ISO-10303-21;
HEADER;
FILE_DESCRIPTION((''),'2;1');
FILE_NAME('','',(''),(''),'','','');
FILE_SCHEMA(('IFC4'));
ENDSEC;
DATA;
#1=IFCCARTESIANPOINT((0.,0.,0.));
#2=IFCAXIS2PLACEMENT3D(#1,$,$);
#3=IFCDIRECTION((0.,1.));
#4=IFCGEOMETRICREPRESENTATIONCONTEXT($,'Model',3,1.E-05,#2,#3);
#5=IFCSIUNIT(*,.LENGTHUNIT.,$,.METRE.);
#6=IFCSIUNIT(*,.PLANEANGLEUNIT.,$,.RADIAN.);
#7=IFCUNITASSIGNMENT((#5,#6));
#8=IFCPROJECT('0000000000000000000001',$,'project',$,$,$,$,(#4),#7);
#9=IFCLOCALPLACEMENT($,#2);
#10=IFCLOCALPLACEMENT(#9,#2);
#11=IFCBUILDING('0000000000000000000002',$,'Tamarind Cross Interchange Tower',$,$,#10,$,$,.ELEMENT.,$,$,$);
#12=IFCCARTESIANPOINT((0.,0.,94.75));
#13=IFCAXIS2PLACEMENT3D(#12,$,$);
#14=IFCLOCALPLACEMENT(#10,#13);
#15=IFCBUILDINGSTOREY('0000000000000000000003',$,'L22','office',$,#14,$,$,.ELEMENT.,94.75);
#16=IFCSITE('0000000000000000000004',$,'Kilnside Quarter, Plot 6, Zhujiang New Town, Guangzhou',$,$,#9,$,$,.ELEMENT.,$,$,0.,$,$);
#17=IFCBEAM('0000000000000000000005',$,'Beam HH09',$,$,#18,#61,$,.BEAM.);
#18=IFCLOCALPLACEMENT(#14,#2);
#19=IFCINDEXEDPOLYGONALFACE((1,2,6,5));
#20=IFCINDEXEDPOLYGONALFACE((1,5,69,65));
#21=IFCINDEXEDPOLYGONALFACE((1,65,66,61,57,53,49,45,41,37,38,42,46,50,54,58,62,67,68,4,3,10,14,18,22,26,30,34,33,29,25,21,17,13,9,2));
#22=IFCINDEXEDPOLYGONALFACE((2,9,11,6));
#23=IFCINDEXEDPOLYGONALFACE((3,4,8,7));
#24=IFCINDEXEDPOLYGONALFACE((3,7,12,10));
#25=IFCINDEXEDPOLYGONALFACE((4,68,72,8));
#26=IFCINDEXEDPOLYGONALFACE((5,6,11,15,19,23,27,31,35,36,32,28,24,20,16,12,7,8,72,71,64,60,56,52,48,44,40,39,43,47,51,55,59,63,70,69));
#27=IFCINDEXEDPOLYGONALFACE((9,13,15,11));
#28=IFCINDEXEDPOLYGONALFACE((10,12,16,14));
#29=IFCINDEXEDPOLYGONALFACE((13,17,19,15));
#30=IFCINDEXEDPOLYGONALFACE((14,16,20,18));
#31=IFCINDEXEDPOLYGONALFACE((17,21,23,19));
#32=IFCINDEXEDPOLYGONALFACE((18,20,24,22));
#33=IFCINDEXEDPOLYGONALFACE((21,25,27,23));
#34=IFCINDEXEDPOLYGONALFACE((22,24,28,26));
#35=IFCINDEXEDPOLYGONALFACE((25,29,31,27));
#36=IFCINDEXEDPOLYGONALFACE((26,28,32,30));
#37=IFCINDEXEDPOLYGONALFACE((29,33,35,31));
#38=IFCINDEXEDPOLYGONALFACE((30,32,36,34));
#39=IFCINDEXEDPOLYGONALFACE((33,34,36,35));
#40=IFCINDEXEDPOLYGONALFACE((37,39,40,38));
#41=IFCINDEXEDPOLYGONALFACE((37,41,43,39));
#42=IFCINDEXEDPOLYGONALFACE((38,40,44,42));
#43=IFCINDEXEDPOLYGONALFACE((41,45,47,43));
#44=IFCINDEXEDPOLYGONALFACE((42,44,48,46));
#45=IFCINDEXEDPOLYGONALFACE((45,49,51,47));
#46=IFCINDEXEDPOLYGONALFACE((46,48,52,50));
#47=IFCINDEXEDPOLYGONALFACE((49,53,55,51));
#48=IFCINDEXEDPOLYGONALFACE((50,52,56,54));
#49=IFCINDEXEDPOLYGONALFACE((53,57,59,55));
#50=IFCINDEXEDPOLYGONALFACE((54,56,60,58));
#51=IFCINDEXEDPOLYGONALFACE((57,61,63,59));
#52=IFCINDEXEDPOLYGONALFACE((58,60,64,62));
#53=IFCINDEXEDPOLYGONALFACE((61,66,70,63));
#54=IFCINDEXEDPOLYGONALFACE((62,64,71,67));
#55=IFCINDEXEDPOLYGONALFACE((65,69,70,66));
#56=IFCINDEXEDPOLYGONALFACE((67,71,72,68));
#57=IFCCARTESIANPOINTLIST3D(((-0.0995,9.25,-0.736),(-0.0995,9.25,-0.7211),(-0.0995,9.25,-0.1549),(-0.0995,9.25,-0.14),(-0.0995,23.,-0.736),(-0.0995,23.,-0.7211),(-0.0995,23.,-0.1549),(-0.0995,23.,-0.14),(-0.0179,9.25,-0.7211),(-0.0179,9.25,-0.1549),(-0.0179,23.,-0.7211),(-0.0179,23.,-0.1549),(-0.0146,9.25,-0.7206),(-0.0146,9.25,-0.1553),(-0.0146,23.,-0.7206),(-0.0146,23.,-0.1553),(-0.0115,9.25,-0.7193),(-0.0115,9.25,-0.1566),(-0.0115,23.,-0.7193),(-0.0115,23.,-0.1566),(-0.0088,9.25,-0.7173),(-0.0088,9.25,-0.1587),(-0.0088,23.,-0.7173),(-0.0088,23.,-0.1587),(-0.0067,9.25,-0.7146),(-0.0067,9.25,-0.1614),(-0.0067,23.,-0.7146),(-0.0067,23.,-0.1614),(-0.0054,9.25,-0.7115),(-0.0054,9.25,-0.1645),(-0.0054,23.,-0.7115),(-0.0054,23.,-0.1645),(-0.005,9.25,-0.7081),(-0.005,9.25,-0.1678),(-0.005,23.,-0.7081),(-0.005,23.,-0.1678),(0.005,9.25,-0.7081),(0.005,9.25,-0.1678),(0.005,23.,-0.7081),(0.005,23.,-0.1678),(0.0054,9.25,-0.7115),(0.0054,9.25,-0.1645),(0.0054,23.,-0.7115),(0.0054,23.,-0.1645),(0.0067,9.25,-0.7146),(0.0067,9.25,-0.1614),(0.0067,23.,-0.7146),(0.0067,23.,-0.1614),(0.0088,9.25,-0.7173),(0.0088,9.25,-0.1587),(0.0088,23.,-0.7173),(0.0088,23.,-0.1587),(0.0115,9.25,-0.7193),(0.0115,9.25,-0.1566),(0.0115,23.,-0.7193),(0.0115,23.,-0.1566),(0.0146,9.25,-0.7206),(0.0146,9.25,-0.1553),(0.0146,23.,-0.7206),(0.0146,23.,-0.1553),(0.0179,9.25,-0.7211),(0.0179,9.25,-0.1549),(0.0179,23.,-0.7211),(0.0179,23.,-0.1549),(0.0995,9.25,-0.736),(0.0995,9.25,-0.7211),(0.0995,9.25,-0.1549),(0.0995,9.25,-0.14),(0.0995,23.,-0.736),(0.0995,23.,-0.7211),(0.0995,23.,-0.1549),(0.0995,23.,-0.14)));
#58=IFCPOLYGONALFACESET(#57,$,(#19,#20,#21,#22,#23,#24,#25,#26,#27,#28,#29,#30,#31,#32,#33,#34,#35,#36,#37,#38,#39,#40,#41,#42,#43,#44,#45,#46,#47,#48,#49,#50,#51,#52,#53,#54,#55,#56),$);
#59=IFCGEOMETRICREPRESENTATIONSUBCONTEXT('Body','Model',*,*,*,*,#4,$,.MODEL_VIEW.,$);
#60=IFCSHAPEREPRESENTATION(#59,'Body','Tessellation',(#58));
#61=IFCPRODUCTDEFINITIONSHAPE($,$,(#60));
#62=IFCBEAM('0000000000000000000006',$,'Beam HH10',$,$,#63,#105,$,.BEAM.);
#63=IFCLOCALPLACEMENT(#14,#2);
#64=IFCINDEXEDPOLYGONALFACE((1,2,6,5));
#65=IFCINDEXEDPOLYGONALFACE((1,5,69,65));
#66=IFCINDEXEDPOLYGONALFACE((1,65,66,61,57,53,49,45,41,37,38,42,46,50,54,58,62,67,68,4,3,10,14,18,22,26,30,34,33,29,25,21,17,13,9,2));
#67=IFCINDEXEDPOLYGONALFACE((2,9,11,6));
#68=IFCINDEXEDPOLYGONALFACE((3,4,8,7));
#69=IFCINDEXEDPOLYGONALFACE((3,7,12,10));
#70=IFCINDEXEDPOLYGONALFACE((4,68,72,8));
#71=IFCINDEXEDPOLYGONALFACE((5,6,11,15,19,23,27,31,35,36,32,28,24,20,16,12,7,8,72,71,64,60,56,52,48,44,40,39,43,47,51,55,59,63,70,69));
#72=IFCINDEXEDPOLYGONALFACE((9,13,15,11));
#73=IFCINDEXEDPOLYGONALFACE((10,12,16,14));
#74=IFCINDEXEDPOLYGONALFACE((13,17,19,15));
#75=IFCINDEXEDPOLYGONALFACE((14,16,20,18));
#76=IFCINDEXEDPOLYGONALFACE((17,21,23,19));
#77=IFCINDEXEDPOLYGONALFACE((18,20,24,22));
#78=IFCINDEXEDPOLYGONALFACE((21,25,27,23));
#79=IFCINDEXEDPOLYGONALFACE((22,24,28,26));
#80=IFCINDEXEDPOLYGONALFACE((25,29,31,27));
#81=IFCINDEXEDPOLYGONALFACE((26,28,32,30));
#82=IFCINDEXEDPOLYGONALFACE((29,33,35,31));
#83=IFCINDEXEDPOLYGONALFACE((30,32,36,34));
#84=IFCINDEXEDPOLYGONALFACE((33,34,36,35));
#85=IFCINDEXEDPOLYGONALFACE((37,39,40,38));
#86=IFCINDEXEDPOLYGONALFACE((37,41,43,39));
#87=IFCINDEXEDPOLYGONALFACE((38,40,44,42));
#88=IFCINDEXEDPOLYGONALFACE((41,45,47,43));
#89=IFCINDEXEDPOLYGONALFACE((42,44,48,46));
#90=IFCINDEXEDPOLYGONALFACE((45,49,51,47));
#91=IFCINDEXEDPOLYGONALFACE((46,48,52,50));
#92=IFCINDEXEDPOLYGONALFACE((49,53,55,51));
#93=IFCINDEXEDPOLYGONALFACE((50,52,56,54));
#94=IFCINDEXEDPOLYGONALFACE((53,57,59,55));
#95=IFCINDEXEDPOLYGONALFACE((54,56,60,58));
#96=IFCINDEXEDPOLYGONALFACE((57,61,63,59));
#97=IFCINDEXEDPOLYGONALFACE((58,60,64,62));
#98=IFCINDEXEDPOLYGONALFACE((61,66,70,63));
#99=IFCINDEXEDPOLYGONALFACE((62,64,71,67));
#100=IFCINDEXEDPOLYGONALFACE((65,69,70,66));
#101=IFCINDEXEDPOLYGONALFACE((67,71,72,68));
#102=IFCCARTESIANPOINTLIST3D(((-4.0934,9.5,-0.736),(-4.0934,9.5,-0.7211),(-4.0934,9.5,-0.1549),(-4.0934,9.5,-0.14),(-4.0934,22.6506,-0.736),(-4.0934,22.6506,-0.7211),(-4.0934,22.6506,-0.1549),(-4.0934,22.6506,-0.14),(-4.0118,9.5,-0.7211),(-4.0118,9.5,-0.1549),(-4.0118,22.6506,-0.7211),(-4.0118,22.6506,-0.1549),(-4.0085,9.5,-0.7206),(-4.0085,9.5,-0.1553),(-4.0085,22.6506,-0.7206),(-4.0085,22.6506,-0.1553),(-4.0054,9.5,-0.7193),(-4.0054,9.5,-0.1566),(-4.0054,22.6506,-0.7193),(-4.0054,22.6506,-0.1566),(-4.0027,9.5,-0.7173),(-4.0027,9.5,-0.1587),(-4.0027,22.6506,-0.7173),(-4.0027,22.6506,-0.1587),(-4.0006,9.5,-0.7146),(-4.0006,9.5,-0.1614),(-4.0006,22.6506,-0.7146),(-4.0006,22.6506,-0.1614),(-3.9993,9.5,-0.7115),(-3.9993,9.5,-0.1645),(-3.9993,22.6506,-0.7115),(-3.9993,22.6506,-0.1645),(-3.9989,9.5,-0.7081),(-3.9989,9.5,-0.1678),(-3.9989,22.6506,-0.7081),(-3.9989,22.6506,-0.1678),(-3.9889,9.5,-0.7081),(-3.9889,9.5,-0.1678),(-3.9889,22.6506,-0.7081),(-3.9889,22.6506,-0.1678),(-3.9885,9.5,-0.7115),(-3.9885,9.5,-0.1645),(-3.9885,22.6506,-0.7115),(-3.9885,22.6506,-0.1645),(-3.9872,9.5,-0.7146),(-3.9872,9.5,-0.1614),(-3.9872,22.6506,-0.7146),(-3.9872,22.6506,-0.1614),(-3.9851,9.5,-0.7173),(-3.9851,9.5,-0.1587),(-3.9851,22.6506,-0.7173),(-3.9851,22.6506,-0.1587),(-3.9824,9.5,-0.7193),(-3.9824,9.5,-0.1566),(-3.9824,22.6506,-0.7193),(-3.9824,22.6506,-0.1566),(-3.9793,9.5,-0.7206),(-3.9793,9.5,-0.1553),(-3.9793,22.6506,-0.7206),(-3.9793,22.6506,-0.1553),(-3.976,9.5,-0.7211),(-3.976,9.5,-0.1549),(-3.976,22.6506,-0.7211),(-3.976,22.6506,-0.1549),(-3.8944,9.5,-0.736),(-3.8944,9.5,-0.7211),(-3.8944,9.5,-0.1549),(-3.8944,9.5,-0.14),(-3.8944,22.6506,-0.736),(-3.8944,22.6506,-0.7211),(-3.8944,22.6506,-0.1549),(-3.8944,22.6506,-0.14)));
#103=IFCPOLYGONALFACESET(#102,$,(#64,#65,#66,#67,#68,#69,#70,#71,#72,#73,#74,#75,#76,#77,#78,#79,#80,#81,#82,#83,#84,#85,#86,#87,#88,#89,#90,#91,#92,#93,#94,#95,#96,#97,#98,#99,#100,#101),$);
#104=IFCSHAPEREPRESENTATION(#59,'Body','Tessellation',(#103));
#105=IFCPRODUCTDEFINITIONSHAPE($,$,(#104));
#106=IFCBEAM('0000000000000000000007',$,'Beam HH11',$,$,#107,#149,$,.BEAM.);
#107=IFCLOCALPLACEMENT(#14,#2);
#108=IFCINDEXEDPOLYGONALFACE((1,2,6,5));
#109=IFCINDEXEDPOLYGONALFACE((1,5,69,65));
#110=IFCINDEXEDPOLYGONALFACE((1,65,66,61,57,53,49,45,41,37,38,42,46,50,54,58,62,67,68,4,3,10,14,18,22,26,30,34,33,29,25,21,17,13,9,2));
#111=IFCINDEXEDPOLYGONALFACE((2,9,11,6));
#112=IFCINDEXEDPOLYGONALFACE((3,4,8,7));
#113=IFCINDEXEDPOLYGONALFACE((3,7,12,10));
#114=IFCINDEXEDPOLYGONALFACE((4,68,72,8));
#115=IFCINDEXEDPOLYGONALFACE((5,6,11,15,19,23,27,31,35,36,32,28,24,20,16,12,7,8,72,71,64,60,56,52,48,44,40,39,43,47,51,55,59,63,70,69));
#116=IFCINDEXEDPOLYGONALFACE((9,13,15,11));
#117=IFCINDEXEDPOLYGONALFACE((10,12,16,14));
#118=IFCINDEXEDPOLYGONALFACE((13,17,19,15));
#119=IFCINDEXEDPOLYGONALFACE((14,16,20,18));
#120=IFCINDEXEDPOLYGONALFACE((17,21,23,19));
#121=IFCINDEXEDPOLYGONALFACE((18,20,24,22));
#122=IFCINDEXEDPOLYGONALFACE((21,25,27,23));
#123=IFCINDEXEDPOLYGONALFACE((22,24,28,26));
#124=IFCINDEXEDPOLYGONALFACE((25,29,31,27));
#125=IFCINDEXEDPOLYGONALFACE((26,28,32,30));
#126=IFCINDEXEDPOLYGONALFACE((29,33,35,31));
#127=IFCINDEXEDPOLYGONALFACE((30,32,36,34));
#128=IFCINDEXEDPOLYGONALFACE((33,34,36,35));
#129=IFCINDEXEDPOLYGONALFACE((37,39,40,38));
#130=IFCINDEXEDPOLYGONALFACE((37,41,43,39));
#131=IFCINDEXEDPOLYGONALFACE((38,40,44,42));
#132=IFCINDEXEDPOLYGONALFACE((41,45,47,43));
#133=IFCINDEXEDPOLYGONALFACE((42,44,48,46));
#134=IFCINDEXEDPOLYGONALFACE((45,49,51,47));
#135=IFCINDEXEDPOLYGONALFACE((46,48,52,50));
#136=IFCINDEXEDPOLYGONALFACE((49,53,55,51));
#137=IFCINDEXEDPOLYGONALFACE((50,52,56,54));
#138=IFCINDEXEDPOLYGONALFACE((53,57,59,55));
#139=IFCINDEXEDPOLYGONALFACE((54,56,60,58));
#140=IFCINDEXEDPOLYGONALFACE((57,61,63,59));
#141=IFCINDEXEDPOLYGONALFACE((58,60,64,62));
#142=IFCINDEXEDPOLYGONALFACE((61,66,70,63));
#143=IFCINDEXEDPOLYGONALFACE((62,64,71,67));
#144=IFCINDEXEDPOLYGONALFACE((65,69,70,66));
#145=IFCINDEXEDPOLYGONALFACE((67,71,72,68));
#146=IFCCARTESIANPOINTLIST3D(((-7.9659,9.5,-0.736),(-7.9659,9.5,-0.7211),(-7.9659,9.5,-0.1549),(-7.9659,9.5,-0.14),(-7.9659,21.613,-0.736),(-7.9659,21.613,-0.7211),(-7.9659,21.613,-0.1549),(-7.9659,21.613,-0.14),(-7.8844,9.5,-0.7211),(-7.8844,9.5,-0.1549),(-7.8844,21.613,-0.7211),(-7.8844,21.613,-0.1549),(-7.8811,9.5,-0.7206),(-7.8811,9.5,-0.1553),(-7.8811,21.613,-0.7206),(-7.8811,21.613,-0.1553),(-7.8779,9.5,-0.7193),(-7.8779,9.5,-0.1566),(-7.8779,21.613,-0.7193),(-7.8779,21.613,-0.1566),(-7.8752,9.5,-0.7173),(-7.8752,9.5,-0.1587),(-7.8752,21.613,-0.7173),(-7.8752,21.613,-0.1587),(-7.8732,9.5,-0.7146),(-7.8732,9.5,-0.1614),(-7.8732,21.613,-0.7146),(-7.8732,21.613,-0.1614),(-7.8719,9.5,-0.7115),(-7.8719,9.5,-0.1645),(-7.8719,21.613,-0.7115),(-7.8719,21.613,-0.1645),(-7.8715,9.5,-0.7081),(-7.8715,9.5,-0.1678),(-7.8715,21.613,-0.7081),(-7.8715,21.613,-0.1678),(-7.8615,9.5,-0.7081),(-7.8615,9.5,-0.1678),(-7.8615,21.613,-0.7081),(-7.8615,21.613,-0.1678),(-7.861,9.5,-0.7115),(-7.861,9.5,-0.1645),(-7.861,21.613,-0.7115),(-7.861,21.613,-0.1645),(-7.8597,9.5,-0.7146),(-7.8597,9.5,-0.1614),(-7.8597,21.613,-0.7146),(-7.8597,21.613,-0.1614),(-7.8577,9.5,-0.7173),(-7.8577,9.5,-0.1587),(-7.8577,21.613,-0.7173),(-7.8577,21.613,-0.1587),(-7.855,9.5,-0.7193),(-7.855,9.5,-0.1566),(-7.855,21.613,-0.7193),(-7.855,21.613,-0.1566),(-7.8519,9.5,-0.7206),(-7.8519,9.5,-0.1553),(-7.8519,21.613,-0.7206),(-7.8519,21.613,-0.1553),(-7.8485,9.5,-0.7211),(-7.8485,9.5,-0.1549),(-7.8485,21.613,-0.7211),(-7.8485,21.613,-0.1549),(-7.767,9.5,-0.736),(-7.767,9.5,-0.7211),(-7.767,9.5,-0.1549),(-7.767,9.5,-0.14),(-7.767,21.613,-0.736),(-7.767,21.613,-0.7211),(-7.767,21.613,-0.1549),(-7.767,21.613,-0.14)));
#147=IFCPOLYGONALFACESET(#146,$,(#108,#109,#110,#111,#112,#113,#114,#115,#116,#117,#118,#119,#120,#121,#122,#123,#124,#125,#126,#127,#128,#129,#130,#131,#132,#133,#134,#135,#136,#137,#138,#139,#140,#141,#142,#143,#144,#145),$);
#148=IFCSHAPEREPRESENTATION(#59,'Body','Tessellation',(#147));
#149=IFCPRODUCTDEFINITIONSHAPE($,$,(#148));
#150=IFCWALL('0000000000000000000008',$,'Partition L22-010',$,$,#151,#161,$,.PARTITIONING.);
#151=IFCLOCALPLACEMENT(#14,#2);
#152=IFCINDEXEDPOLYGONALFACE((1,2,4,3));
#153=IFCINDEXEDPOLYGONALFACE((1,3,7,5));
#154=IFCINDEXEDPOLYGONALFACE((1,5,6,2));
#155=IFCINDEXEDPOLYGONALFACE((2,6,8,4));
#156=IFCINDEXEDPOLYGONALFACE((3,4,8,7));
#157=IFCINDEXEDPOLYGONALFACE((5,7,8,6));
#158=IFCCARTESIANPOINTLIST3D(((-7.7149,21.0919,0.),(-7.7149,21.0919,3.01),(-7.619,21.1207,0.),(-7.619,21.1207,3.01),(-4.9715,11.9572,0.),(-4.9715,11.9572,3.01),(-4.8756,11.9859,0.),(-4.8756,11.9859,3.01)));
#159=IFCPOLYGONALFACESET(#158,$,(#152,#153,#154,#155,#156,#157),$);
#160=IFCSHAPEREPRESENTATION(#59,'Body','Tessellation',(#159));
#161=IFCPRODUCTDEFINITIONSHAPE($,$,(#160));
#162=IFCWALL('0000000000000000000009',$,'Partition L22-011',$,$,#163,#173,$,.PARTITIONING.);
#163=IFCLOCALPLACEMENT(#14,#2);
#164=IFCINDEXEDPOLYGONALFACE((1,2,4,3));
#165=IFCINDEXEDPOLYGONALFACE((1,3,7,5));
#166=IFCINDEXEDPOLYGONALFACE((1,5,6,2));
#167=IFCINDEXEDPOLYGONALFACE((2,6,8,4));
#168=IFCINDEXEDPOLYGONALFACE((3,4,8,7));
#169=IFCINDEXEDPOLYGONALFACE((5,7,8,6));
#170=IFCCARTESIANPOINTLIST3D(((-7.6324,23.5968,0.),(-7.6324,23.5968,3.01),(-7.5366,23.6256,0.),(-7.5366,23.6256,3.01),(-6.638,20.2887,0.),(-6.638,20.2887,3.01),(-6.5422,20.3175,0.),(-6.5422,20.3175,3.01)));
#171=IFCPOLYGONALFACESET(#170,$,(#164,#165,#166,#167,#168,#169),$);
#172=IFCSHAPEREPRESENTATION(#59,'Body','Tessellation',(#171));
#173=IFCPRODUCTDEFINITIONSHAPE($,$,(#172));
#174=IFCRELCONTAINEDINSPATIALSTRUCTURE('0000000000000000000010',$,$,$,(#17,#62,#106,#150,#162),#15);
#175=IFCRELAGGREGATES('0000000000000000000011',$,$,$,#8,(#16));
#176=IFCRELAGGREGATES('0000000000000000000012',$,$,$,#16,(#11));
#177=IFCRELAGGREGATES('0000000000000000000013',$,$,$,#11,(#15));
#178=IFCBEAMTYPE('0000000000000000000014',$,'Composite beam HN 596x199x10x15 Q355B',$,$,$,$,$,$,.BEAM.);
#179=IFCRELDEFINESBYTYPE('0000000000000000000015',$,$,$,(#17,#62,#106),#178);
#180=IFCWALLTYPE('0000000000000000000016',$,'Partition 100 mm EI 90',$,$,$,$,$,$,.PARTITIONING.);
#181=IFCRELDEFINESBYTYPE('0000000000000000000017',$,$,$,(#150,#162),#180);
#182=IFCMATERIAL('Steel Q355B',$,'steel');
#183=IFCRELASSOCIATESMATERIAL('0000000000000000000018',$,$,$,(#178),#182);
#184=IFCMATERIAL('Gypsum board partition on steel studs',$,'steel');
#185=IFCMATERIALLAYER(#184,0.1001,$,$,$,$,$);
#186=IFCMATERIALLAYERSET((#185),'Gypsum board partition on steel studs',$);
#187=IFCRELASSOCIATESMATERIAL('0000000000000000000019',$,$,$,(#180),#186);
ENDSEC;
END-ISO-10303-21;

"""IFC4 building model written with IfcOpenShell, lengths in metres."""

from ifc_helpers import new_model, si_unit, direction, frame, frame_2d, origin, origin_2d, place, context, subcontext, project, spatial, rectangle, i_section, extrude, material, layer, layer_set, material_profile, profile_set, type_object, element, save


model = new_model("IFC4")

# Units and contexts
model_context = context("Model", 3, precision=1e-05, world=origin(), true_north=direction((0.0, 1.0)))
body_context = subcontext(model_context, "Body", "Model", "MODEL_VIEW")
ifc_project = project(units=[si_unit("LENGTHUNIT", "METRE"), si_unit("PLANEANGLEUNIT", "RADIAN")], contexts=[model_context])

# Site, building, storey
site_placement = place(None, origin())
site = spatial("IfcSite", under=ifc_project, at=site_placement, Name="Kilnside Quarter, Plot 6, Zhujiang New Town, Guangzhou", CompositionType="ELEMENT", RefElevation=0.0)
building_placement = place(site_placement, origin())
building = spatial("IfcBuilding", under=site, at=building_placement, Name="Tamarind Cross Interchange Tower", CompositionType="ELEMENT")
storey_placement = place(building_placement, frame((0.0, 0.0, 94.75)))
storey = spatial("IfcBuildingStorey", under=building, at=storey_placement, Name="L22", Description="office", CompositionType="ELEMENT", Elevation=94.75)

# Beams
ifc_material_1 = material(Name="Steel Q355B", Category="steel")
ifc_material_profile_1 = material_profile(ifc_material_1, i_section(OverallWidth=0.199, OverallDepth=0.5959, WebThickness=0.01, FlangeThickness=0.0149, FilletRadius=0.0129, at=origin_2d()), Name="HN 596x199x10x15")
ifc_profile_set_1 = profile_set([ifc_material_profile_1], Name="Steel Q355B")
beam_type_1 = type_object("IfcBeamType", Name="Composite beam HN 596x199x10x15 Q355B", PredefinedType="BEAM", material=ifc_profile_set_1)
beam_1_placement = place(storey_placement, frame((0.0, 23.0, -0.438), z_axis=(0.0, -1.0, 0.0), x_axis=(1.0, 0.0, 0.0)))
element("IfcBeam", 1, at=beam_1_placement, inside=storey, type_object=beam_type_1, Name="Beam HH09", PredefinedType="BEAM", context=body_context, shape_type="SweptSolid", body=[
    extrude(i_section(OverallWidth=0.199, OverallDepth=0.5959, WebThickness=0.01, FlangeThickness=0.0149, FilletRadius=0.0129, at=origin_2d()), origin(), (0.0, 0.0, 1.0), 13.75),
])
beam_2_placement = place(storey_placement, frame((-3.9939, 22.6506, -0.438), z_axis=(0.0, -1.0, 0.0), x_axis=(1.0, 0.0, 0.0)))
element("IfcBeam", 2, at=beam_2_placement, inside=storey, type_object=beam_type_1, Name="Beam HH10", PredefinedType="BEAM", context=body_context, shape_type="SweptSolid", body=[
    extrude(i_section(OverallWidth=0.199, OverallDepth=0.5959, WebThickness=0.01, FlangeThickness=0.0149, FilletRadius=0.0129, at=origin_2d()), origin(), (0.0, 0.0, 1.0), 13.1506),
])
beam_3_placement = place(storey_placement, frame((-7.8665, 21.613, -0.438), z_axis=(0.0, -1.0, 0.0), x_axis=(1.0, 0.0, 0.0)))
element("IfcBeam", 3, at=beam_3_placement, inside=storey, type_object=beam_type_1, Name="Beam HH11", PredefinedType="BEAM", context=body_context, shape_type="SweptSolid", body=[
    extrude(i_section(OverallWidth=0.199, OverallDepth=0.5959, WebThickness=0.01, FlangeThickness=0.0149, FilletRadius=0.0129, at=origin_2d()), origin(), (0.0, 0.0, 1.0), 12.113),
])

# Walls
ifc_material_2 = material(Name="Gypsum board partition on steel studs", Category="steel")
ifc_layer_1 = layer(ifc_material_2, 0.1001)
ifc_layer_set_1 = layer_set([ifc_layer_1], Name="Gypsum board partition on steel studs")
wall_type_1 = type_object("IfcWallType", Name="Partition 100 mm EI 90", PredefinedType="PARTITIONING", material=ifc_layer_set_1)
wall_1_placement = place(storey_placement, frame((-7.667, 21.1064, 0.0), z_axis=(0.0, 0.0, 1.0), x_axis=(0.287634, -0.95774, 0.0)))
element("IfcWall", 4, at=wall_1_placement, inside=storey, type_object=wall_type_1, Name="Partition L22-010", PredefinedType="PARTITIONING", context=body_context, shape_type="SweptSolid", body=[
    extrude(rectangle(XDim=9.5378, YDim=0.1001, at=frame_2d((4.769, 0.0))), origin(), (0.0, 0.0, 1.0), 3.01),
])
wall_2_placement = place(storey_placement, frame((-7.5845, 23.6111, 0.0), z_axis=(0.0, 0.0, 1.0), x_axis=(0.287867, -0.957671, 0.0)))
element("IfcWall", 5, at=wall_2_placement, inside=storey, type_object=wall_type_1, Name="Partition L22-011", PredefinedType="PARTITIONING", context=body_context, shape_type="SweptSolid", body=[
    extrude(rectangle(XDim=3.4543, YDim=0.1001, at=frame_2d((1.7271, 0.0))), origin(), (0.0, 0.0, 1.0), 3.01),
])

save(model, "model.ifc")
